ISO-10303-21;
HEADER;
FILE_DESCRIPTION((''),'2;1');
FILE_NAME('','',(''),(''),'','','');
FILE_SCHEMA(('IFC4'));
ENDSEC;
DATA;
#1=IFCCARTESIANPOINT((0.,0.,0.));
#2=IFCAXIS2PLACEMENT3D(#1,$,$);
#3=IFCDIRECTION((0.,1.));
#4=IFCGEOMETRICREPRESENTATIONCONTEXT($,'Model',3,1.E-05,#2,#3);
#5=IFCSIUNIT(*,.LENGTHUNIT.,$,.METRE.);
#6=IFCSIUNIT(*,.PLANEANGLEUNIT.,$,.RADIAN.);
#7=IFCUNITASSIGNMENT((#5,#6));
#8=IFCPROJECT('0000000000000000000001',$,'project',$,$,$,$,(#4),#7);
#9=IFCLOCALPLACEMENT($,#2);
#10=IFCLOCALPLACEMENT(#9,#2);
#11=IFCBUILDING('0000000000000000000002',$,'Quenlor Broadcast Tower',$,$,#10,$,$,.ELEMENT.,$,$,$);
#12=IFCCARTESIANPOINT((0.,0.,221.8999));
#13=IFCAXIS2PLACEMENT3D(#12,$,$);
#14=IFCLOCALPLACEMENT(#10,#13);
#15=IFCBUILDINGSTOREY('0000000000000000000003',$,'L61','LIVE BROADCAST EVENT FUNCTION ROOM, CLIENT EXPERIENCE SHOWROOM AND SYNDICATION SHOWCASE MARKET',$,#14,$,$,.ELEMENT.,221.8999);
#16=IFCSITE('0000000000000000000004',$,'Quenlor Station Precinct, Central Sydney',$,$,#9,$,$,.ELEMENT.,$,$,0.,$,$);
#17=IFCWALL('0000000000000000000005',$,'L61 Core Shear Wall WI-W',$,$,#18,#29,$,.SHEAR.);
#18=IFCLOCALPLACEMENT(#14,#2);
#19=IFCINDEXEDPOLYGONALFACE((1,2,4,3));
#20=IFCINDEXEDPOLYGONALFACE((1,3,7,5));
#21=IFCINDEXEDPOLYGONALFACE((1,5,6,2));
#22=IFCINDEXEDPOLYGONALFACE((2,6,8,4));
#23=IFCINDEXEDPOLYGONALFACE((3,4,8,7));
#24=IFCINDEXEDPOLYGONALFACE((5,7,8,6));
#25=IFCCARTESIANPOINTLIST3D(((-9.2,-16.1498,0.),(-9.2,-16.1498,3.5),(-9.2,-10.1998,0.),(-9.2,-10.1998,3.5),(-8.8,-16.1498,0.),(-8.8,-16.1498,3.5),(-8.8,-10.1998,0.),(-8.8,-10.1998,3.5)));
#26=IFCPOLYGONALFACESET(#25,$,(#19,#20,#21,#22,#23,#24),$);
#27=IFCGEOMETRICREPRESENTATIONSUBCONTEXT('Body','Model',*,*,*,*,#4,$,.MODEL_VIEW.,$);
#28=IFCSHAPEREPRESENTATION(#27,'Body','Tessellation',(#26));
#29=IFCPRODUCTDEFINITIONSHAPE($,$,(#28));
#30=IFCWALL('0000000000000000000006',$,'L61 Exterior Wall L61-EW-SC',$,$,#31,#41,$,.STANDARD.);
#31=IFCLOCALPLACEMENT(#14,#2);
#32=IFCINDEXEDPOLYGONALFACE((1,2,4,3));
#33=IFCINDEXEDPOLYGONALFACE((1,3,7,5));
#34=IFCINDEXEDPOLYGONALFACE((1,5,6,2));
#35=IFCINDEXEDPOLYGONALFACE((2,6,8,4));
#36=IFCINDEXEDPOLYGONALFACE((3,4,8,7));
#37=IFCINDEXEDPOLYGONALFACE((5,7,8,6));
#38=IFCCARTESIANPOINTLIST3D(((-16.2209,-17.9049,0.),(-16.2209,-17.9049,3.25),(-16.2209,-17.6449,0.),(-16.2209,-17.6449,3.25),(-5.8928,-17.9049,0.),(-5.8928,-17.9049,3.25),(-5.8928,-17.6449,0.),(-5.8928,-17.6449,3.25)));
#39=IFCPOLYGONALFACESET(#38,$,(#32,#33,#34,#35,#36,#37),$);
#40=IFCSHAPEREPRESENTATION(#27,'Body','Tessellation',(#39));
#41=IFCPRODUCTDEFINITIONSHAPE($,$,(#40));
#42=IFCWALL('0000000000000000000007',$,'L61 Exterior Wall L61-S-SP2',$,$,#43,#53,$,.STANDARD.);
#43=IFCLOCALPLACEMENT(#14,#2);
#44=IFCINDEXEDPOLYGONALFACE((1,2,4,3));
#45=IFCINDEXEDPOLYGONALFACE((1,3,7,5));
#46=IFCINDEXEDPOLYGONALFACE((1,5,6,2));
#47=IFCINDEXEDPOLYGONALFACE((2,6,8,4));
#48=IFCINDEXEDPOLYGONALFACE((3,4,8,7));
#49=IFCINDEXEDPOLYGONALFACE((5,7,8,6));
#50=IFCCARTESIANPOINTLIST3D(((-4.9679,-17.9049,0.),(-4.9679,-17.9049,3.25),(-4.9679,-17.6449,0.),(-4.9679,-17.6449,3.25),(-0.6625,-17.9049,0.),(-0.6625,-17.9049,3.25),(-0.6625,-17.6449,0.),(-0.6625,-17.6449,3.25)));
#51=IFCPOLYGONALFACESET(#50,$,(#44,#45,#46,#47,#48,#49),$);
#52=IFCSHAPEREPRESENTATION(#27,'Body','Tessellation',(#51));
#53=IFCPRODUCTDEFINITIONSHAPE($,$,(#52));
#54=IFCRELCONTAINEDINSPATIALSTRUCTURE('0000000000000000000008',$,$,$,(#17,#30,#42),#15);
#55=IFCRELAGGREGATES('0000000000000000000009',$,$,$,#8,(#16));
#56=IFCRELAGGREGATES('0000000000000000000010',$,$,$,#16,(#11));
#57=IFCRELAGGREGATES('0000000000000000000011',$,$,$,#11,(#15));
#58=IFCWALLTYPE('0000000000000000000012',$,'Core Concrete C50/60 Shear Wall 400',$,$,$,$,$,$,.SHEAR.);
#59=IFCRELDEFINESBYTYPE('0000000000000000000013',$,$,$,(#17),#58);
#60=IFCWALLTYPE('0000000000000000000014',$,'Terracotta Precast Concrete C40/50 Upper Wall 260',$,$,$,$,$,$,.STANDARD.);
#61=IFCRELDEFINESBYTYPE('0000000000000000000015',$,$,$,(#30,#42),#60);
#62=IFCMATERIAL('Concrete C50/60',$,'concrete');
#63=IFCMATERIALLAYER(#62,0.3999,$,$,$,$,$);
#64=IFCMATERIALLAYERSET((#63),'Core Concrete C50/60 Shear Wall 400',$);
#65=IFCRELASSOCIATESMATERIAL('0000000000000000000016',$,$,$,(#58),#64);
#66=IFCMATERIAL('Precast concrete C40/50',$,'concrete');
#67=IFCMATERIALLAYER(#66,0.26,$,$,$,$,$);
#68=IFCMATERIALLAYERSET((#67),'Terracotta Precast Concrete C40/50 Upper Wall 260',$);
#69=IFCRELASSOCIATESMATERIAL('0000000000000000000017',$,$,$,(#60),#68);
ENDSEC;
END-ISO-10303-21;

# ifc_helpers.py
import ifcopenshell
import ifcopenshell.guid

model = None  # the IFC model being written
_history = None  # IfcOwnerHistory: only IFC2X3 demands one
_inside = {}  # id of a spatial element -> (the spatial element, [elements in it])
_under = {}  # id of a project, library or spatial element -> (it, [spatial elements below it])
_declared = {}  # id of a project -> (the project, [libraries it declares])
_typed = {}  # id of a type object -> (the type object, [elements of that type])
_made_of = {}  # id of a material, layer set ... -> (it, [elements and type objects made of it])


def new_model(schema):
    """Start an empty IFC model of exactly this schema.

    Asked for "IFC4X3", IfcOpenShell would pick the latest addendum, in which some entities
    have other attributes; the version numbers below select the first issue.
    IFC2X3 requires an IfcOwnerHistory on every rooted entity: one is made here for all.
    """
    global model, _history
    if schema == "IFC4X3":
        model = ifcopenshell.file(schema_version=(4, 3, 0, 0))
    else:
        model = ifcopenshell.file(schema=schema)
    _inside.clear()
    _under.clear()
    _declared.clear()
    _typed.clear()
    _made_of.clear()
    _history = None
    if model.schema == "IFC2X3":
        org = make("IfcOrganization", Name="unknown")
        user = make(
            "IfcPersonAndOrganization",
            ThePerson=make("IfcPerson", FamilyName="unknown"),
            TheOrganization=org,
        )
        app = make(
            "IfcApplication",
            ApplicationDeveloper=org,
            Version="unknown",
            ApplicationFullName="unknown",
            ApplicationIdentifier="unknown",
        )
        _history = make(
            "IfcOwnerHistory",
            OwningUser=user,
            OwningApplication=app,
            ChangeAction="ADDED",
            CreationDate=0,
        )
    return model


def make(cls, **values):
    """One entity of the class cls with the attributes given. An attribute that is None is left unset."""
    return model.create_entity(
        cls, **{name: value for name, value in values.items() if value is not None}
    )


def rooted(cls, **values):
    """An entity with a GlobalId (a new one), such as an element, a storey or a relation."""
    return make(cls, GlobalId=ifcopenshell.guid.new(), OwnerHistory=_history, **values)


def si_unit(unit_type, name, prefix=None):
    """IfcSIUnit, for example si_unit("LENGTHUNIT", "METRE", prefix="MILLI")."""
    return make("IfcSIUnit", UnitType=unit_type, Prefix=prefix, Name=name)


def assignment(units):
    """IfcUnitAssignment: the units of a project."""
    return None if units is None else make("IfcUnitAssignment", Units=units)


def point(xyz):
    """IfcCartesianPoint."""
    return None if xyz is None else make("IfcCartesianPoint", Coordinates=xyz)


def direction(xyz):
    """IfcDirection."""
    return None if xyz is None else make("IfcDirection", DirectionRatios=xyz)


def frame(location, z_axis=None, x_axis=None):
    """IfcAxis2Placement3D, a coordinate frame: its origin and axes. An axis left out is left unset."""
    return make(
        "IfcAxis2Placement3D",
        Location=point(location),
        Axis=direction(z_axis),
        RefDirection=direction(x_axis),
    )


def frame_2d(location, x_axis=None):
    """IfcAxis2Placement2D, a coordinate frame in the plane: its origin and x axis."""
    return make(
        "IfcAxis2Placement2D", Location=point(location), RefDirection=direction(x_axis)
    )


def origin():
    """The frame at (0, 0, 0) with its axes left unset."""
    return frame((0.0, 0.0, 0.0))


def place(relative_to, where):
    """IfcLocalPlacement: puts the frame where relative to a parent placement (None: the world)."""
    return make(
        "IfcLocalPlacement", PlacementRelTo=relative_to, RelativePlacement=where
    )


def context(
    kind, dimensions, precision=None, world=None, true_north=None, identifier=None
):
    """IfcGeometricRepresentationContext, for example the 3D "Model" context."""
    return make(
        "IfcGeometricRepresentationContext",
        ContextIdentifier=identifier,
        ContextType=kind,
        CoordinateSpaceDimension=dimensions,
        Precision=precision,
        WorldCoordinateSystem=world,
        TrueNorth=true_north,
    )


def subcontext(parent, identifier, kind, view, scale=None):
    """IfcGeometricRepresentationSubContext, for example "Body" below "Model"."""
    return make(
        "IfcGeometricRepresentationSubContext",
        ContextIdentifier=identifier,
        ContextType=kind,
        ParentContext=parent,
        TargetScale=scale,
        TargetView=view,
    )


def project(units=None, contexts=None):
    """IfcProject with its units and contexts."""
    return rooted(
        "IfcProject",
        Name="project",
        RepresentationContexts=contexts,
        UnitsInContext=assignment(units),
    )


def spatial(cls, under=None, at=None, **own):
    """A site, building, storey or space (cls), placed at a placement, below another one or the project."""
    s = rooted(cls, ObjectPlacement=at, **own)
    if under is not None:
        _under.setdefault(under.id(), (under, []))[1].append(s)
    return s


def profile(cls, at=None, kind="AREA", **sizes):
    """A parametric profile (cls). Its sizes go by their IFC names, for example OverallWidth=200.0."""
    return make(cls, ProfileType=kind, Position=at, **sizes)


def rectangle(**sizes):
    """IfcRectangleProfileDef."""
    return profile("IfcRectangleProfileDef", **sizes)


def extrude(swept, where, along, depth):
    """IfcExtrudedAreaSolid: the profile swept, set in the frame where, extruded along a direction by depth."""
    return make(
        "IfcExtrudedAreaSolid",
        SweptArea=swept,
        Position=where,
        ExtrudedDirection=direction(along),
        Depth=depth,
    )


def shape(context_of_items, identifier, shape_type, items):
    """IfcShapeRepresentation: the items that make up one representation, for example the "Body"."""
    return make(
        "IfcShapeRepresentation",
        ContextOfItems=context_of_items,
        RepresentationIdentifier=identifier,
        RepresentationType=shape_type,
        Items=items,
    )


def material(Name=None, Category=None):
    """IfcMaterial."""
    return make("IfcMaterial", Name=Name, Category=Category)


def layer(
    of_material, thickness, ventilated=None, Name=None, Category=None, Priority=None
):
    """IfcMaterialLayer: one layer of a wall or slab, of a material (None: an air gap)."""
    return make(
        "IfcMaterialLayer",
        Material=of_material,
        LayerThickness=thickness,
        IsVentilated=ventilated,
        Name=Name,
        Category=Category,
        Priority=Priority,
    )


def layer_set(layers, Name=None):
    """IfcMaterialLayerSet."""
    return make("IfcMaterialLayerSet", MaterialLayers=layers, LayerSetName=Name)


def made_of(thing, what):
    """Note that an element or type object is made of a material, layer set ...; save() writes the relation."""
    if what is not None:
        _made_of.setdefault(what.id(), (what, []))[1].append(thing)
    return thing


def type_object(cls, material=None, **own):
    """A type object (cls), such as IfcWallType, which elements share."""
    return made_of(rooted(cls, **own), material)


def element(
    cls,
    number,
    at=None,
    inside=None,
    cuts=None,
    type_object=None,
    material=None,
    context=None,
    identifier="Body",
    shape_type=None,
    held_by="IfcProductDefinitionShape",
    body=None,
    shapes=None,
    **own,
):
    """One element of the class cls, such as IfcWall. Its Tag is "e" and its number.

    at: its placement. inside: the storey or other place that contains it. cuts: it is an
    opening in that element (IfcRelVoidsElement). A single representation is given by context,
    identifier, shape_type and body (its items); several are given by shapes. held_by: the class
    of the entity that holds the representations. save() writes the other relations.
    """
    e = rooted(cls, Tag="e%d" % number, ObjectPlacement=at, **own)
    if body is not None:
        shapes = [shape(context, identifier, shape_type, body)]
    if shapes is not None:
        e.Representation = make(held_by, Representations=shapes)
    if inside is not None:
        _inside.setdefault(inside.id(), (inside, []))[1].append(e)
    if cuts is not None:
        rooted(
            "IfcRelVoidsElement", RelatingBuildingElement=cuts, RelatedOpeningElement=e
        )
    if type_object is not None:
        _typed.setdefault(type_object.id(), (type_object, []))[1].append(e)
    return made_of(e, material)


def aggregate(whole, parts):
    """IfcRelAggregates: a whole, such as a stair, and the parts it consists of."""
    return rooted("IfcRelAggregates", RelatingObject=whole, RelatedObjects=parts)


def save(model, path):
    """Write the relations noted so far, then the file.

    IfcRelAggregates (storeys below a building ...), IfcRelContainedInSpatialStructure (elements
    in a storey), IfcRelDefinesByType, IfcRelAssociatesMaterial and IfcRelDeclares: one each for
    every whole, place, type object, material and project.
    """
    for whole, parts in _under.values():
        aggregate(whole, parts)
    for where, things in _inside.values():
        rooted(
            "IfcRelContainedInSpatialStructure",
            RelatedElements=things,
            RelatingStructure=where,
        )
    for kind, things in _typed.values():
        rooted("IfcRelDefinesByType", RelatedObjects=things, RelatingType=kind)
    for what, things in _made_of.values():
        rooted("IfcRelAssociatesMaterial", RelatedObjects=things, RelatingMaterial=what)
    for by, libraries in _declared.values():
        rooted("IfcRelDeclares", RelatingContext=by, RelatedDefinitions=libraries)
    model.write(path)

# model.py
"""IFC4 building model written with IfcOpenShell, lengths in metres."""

from ifc_helpers import new_model, si_unit, direction, frame, frame_2d, origin, place, context, subcontext, project, spatial, rectangle, extrude, material, layer, layer_set, type_object, element, save


model = new_model("IFC4")

# Units and contexts
model_context = context("Model", 3, precision=1e-05, world=origin(), true_north=direction((0.0, 1.0)))
body_context = subcontext(model_context, "Body", "Model", "MODEL_VIEW")
ifc_project = project(units=[si_unit("LENGTHUNIT", "METRE"), si_unit("PLANEANGLEUNIT", "RADIAN")], contexts=[model_context])

# Site, building, storey
site_placement = place(None, origin())
site = spatial("IfcSite", under=ifc_project, at=site_placement, Name="Quenlor Station Precinct, Central Sydney", CompositionType="ELEMENT", RefElevation=0.0)
building_placement = place(site_placement, origin())
building = spatial("IfcBuilding", under=site, at=building_placement, Name="Quenlor Broadcast Tower", CompositionType="ELEMENT")
storey_placement = place(building_placement, frame((0.0, 0.0, 221.8999)))
storey = spatial("IfcBuildingStorey", under=building, at=storey_placement, Name="L61", Description="LIVE BROADCAST EVENT FUNCTION ROOM, CLIENT EXPERIENCE SHOWROOM AND SYNDICATION SHOWCASE MARKET", CompositionType="ELEMENT", Elevation=221.8999)

# Walls
ifc_material_1 = material(Name="Concrete C50/60", Category="concrete")
ifc_layer_1 = layer(ifc_material_1, 0.3999)
ifc_layer_set_1 = layer_set([ifc_layer_1], Name="Core Concrete C50/60 Shear Wall 400")
wall_type_1 = type_object("IfcWallType", Name="Core Concrete C50/60 Shear Wall 400", PredefinedType="SHEAR", material=ifc_layer_set_1)
wall_1_placement = place(storey_placement, frame((-9.0, -16.1499, 0.0), z_axis=(0.0, 0.0, 1.0), x_axis=(0.0, 1.0, 0.0)))
element("IfcWall", 1, at=wall_1_placement, inside=storey, type_object=wall_type_1, Name="L61 Core Shear Wall WI-W", PredefinedType="SHEAR", context=body_context, shape_type="SweptSolid", body=[
    extrude(rectangle(XDim=5.95, YDim=0.3999, at=frame_2d((2.9751, 0.0))), origin(), (0.0, 0.0, 1.0), 3.5),
])
ifc_material_2 = material(Name="Precast concrete C40/50", Category="concrete")
ifc_layer_2 = layer(ifc_material_2, 0.26)
ifc_layer_set_2 = layer_set([ifc_layer_2], Name="Terracotta Precast Concrete C40/50 Upper Wall 260")
wall_type_2 = type_object("IfcWallType", Name="Terracotta Precast Concrete C40/50 Upper Wall 260", PredefinedType="STANDARD", material=ifc_layer_set_2)
wall_2_placement = place(storey_placement, frame((-5.8928, -17.7749, 0.0), z_axis=(0.0, 0.0, 1.0), x_axis=(-1.0, 0.0, 0.0)))
element("IfcWall", 2, at=wall_2_placement, inside=storey, type_object=wall_type_2, Name="L61 Exterior Wall L61-EW-SC", PredefinedType="STANDARD", context=body_context, shape_type="SweptSolid", body=[
    extrude(rectangle(XDim=10.3281, YDim=0.26, at=frame_2d((5.1641, 0.0))), origin(), (0.0, 0.0, 1.0), 3.25),
])
wall_3_placement = place(storey_placement, frame((-0.6624, -17.7749, 0.0), z_axis=(0.0, 0.0, 1.0), x_axis=(-1.0, 0.0, 0.0)))
element("IfcWall", 3, at=wall_3_placement, inside=storey, type_object=wall_type_2, Name="L61 Exterior Wall L61-S-SP2", PredefinedType="STANDARD", context=body_context, shape_type="SweptSolid", body=[
    extrude(rectangle(XDim=4.3054, YDim=0.26, at=frame_2d((2.1528, 0.0))), origin(), (0.0, 0.0, 1.0), 3.25),
])

save(model, "model.ifc")
